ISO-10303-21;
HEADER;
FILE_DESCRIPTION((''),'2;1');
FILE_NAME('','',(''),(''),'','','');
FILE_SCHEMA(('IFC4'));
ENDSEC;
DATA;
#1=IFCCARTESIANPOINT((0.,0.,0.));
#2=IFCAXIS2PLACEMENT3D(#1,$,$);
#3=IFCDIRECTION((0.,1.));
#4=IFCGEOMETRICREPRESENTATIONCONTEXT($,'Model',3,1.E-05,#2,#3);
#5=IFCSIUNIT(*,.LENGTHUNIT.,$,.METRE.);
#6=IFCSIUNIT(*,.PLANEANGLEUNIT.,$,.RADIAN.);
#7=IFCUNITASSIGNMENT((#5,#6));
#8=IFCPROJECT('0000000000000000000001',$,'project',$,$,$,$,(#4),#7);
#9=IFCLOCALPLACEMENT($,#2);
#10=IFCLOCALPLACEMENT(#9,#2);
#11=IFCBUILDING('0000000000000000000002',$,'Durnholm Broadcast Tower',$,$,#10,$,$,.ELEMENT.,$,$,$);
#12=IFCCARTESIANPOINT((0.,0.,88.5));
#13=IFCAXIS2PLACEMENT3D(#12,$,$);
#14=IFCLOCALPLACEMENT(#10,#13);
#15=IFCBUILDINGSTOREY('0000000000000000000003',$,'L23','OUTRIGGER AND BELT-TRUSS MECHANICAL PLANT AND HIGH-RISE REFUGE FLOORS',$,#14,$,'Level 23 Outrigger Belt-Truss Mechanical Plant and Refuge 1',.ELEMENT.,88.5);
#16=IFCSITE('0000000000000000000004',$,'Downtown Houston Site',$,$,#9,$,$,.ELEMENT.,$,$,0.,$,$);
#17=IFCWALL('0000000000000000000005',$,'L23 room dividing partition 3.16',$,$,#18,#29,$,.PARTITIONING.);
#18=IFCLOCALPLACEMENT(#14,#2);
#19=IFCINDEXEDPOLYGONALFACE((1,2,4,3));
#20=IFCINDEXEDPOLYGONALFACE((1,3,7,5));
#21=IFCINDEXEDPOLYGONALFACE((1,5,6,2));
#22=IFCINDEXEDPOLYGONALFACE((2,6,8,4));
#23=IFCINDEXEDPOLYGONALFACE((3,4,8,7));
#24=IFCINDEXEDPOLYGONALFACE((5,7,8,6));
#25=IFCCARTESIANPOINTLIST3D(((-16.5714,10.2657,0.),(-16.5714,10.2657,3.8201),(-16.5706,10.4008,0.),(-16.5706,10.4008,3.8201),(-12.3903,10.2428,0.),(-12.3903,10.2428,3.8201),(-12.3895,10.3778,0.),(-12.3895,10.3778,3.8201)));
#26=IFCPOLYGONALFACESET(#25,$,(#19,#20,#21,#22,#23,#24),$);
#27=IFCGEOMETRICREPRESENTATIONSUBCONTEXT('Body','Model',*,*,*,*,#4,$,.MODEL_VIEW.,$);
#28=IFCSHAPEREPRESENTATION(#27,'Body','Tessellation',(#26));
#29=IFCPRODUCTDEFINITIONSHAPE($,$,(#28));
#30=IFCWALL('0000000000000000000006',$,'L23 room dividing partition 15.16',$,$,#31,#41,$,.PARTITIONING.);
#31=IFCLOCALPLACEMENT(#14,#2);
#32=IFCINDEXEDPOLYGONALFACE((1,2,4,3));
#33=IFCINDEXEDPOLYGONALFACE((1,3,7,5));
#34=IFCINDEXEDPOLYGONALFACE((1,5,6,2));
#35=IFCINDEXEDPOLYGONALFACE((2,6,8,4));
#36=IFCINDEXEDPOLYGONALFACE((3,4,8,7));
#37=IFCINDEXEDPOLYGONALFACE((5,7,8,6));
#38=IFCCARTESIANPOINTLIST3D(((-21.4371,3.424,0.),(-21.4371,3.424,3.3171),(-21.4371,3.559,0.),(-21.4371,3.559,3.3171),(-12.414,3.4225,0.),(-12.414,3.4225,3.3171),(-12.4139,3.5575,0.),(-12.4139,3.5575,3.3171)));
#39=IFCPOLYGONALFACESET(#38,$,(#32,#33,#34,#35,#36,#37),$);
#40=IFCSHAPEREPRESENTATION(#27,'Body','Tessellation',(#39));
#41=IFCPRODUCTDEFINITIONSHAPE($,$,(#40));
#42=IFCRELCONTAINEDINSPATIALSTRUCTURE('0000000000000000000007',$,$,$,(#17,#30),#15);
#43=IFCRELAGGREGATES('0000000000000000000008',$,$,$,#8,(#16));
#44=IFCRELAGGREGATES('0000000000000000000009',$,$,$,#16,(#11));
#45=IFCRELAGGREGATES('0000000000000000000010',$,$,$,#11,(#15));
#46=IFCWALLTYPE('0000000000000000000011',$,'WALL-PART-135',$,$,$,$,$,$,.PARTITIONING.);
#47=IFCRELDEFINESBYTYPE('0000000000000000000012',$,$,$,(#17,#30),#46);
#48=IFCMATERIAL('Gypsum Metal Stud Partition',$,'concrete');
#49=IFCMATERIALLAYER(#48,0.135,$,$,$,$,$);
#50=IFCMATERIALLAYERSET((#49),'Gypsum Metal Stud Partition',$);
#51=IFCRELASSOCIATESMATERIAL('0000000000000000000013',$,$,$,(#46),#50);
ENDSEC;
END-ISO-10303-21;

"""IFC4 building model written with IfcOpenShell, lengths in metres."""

from ifc_helpers import new_model, si_unit, direction, frame, frame_2d, origin, place, context, subcontext, project, spatial, rectangle, extrude, material, layer, layer_set, type_object, element, save


model = new_model("IFC4")

# Units and contexts
model_context = context("Model", 3, precision=1e-05, world=origin(), true_north=direction((0.0, 1.0)))
body_context = subcontext(model_context, "Body", "Model", "MODEL_VIEW")
ifc_project = project(units=[si_unit("LENGTHUNIT", "METRE"), si_unit("PLANEANGLEUNIT", "RADIAN")], contexts=[model_context])

# Site, building, storey
site_placement = place(None, origin())
site = spatial("IfcSite", under=ifc_project, at=site_placement, Name="Downtown Houston Site", CompositionType="ELEMENT", RefElevation=0.0)
building_placement = place(site_placement, origin())
building = spatial("IfcBuilding", under=site, at=building_placement, Name="Durnholm Broadcast Tower", CompositionType="ELEMENT")
storey_placement = place(building_placement, frame((0.0, 0.0, 88.5)))
storey = spatial("IfcBuildingStorey", under=building, at=storey_placement, Name="L23", Description="OUTRIGGER AND BELT-TRUSS MECHANICAL PLANT AND HIGH-RISE REFUGE FLOORS", LongName="Level 23 Outrigger Belt-Truss Mechanical Plant and Refuge 1", CompositionType="ELEMENT", Elevation=88.5)

# Walls
ifc_material_1 = material(Name="Gypsum Metal Stud Partition", Category="concrete")
ifc_layer_1 = layer(ifc_material_1, 0.135)
ifc_layer_set_1 = layer_set([ifc_layer_1], Name="Gypsum Metal Stud Partition")
wall_type_1 = type_object("IfcWallType", Name="WALL-PART-135", PredefinedType="PARTITIONING", material=ifc_layer_set_1)
wall_1_placement = place(storey_placement, frame((-12.3899, 10.3103, 0.0), z_axis=(0.0, 0.0, 1.0), x_axis=(-0.999985, 0.005489, 0.0)))
element("IfcWall", 1, at=wall_1_placement, inside=storey, type_object=wall_type_1, Name="L23 room dividing partition 3.16", PredefinedType="PARTITIONING", context=body_context, shape_type="SweptSolid", body=[
    extrude(rectangle(XDim=4.1812, YDim=0.135, at=frame_2d((2.0906, 0.0))), origin(), (0.0, 0.0, 1.0), 3.8201),
])
wall_2_placement = place(storey_placement, frame((-21.4373, 3.4915, 0.0), z_axis=(0.0, 0.0, 1.0), x_axis=(1.0, -0.000162, 0.0)))
element("IfcWall", 2, at=wall_2_placement, inside=storey, type_object=wall_type_1, Name="L23 room dividing partition 15.16", PredefinedType="PARTITIONING", context=body_context, shape_type="SweptSolid", body=[
    extrude(rectangle(XDim=9.0232, YDim=0.135, at=frame_2d((4.5117, 0.0))), origin(), (0.0, 0.0, 1.0), 3.3171),
])

save(model, "model.ifc")
